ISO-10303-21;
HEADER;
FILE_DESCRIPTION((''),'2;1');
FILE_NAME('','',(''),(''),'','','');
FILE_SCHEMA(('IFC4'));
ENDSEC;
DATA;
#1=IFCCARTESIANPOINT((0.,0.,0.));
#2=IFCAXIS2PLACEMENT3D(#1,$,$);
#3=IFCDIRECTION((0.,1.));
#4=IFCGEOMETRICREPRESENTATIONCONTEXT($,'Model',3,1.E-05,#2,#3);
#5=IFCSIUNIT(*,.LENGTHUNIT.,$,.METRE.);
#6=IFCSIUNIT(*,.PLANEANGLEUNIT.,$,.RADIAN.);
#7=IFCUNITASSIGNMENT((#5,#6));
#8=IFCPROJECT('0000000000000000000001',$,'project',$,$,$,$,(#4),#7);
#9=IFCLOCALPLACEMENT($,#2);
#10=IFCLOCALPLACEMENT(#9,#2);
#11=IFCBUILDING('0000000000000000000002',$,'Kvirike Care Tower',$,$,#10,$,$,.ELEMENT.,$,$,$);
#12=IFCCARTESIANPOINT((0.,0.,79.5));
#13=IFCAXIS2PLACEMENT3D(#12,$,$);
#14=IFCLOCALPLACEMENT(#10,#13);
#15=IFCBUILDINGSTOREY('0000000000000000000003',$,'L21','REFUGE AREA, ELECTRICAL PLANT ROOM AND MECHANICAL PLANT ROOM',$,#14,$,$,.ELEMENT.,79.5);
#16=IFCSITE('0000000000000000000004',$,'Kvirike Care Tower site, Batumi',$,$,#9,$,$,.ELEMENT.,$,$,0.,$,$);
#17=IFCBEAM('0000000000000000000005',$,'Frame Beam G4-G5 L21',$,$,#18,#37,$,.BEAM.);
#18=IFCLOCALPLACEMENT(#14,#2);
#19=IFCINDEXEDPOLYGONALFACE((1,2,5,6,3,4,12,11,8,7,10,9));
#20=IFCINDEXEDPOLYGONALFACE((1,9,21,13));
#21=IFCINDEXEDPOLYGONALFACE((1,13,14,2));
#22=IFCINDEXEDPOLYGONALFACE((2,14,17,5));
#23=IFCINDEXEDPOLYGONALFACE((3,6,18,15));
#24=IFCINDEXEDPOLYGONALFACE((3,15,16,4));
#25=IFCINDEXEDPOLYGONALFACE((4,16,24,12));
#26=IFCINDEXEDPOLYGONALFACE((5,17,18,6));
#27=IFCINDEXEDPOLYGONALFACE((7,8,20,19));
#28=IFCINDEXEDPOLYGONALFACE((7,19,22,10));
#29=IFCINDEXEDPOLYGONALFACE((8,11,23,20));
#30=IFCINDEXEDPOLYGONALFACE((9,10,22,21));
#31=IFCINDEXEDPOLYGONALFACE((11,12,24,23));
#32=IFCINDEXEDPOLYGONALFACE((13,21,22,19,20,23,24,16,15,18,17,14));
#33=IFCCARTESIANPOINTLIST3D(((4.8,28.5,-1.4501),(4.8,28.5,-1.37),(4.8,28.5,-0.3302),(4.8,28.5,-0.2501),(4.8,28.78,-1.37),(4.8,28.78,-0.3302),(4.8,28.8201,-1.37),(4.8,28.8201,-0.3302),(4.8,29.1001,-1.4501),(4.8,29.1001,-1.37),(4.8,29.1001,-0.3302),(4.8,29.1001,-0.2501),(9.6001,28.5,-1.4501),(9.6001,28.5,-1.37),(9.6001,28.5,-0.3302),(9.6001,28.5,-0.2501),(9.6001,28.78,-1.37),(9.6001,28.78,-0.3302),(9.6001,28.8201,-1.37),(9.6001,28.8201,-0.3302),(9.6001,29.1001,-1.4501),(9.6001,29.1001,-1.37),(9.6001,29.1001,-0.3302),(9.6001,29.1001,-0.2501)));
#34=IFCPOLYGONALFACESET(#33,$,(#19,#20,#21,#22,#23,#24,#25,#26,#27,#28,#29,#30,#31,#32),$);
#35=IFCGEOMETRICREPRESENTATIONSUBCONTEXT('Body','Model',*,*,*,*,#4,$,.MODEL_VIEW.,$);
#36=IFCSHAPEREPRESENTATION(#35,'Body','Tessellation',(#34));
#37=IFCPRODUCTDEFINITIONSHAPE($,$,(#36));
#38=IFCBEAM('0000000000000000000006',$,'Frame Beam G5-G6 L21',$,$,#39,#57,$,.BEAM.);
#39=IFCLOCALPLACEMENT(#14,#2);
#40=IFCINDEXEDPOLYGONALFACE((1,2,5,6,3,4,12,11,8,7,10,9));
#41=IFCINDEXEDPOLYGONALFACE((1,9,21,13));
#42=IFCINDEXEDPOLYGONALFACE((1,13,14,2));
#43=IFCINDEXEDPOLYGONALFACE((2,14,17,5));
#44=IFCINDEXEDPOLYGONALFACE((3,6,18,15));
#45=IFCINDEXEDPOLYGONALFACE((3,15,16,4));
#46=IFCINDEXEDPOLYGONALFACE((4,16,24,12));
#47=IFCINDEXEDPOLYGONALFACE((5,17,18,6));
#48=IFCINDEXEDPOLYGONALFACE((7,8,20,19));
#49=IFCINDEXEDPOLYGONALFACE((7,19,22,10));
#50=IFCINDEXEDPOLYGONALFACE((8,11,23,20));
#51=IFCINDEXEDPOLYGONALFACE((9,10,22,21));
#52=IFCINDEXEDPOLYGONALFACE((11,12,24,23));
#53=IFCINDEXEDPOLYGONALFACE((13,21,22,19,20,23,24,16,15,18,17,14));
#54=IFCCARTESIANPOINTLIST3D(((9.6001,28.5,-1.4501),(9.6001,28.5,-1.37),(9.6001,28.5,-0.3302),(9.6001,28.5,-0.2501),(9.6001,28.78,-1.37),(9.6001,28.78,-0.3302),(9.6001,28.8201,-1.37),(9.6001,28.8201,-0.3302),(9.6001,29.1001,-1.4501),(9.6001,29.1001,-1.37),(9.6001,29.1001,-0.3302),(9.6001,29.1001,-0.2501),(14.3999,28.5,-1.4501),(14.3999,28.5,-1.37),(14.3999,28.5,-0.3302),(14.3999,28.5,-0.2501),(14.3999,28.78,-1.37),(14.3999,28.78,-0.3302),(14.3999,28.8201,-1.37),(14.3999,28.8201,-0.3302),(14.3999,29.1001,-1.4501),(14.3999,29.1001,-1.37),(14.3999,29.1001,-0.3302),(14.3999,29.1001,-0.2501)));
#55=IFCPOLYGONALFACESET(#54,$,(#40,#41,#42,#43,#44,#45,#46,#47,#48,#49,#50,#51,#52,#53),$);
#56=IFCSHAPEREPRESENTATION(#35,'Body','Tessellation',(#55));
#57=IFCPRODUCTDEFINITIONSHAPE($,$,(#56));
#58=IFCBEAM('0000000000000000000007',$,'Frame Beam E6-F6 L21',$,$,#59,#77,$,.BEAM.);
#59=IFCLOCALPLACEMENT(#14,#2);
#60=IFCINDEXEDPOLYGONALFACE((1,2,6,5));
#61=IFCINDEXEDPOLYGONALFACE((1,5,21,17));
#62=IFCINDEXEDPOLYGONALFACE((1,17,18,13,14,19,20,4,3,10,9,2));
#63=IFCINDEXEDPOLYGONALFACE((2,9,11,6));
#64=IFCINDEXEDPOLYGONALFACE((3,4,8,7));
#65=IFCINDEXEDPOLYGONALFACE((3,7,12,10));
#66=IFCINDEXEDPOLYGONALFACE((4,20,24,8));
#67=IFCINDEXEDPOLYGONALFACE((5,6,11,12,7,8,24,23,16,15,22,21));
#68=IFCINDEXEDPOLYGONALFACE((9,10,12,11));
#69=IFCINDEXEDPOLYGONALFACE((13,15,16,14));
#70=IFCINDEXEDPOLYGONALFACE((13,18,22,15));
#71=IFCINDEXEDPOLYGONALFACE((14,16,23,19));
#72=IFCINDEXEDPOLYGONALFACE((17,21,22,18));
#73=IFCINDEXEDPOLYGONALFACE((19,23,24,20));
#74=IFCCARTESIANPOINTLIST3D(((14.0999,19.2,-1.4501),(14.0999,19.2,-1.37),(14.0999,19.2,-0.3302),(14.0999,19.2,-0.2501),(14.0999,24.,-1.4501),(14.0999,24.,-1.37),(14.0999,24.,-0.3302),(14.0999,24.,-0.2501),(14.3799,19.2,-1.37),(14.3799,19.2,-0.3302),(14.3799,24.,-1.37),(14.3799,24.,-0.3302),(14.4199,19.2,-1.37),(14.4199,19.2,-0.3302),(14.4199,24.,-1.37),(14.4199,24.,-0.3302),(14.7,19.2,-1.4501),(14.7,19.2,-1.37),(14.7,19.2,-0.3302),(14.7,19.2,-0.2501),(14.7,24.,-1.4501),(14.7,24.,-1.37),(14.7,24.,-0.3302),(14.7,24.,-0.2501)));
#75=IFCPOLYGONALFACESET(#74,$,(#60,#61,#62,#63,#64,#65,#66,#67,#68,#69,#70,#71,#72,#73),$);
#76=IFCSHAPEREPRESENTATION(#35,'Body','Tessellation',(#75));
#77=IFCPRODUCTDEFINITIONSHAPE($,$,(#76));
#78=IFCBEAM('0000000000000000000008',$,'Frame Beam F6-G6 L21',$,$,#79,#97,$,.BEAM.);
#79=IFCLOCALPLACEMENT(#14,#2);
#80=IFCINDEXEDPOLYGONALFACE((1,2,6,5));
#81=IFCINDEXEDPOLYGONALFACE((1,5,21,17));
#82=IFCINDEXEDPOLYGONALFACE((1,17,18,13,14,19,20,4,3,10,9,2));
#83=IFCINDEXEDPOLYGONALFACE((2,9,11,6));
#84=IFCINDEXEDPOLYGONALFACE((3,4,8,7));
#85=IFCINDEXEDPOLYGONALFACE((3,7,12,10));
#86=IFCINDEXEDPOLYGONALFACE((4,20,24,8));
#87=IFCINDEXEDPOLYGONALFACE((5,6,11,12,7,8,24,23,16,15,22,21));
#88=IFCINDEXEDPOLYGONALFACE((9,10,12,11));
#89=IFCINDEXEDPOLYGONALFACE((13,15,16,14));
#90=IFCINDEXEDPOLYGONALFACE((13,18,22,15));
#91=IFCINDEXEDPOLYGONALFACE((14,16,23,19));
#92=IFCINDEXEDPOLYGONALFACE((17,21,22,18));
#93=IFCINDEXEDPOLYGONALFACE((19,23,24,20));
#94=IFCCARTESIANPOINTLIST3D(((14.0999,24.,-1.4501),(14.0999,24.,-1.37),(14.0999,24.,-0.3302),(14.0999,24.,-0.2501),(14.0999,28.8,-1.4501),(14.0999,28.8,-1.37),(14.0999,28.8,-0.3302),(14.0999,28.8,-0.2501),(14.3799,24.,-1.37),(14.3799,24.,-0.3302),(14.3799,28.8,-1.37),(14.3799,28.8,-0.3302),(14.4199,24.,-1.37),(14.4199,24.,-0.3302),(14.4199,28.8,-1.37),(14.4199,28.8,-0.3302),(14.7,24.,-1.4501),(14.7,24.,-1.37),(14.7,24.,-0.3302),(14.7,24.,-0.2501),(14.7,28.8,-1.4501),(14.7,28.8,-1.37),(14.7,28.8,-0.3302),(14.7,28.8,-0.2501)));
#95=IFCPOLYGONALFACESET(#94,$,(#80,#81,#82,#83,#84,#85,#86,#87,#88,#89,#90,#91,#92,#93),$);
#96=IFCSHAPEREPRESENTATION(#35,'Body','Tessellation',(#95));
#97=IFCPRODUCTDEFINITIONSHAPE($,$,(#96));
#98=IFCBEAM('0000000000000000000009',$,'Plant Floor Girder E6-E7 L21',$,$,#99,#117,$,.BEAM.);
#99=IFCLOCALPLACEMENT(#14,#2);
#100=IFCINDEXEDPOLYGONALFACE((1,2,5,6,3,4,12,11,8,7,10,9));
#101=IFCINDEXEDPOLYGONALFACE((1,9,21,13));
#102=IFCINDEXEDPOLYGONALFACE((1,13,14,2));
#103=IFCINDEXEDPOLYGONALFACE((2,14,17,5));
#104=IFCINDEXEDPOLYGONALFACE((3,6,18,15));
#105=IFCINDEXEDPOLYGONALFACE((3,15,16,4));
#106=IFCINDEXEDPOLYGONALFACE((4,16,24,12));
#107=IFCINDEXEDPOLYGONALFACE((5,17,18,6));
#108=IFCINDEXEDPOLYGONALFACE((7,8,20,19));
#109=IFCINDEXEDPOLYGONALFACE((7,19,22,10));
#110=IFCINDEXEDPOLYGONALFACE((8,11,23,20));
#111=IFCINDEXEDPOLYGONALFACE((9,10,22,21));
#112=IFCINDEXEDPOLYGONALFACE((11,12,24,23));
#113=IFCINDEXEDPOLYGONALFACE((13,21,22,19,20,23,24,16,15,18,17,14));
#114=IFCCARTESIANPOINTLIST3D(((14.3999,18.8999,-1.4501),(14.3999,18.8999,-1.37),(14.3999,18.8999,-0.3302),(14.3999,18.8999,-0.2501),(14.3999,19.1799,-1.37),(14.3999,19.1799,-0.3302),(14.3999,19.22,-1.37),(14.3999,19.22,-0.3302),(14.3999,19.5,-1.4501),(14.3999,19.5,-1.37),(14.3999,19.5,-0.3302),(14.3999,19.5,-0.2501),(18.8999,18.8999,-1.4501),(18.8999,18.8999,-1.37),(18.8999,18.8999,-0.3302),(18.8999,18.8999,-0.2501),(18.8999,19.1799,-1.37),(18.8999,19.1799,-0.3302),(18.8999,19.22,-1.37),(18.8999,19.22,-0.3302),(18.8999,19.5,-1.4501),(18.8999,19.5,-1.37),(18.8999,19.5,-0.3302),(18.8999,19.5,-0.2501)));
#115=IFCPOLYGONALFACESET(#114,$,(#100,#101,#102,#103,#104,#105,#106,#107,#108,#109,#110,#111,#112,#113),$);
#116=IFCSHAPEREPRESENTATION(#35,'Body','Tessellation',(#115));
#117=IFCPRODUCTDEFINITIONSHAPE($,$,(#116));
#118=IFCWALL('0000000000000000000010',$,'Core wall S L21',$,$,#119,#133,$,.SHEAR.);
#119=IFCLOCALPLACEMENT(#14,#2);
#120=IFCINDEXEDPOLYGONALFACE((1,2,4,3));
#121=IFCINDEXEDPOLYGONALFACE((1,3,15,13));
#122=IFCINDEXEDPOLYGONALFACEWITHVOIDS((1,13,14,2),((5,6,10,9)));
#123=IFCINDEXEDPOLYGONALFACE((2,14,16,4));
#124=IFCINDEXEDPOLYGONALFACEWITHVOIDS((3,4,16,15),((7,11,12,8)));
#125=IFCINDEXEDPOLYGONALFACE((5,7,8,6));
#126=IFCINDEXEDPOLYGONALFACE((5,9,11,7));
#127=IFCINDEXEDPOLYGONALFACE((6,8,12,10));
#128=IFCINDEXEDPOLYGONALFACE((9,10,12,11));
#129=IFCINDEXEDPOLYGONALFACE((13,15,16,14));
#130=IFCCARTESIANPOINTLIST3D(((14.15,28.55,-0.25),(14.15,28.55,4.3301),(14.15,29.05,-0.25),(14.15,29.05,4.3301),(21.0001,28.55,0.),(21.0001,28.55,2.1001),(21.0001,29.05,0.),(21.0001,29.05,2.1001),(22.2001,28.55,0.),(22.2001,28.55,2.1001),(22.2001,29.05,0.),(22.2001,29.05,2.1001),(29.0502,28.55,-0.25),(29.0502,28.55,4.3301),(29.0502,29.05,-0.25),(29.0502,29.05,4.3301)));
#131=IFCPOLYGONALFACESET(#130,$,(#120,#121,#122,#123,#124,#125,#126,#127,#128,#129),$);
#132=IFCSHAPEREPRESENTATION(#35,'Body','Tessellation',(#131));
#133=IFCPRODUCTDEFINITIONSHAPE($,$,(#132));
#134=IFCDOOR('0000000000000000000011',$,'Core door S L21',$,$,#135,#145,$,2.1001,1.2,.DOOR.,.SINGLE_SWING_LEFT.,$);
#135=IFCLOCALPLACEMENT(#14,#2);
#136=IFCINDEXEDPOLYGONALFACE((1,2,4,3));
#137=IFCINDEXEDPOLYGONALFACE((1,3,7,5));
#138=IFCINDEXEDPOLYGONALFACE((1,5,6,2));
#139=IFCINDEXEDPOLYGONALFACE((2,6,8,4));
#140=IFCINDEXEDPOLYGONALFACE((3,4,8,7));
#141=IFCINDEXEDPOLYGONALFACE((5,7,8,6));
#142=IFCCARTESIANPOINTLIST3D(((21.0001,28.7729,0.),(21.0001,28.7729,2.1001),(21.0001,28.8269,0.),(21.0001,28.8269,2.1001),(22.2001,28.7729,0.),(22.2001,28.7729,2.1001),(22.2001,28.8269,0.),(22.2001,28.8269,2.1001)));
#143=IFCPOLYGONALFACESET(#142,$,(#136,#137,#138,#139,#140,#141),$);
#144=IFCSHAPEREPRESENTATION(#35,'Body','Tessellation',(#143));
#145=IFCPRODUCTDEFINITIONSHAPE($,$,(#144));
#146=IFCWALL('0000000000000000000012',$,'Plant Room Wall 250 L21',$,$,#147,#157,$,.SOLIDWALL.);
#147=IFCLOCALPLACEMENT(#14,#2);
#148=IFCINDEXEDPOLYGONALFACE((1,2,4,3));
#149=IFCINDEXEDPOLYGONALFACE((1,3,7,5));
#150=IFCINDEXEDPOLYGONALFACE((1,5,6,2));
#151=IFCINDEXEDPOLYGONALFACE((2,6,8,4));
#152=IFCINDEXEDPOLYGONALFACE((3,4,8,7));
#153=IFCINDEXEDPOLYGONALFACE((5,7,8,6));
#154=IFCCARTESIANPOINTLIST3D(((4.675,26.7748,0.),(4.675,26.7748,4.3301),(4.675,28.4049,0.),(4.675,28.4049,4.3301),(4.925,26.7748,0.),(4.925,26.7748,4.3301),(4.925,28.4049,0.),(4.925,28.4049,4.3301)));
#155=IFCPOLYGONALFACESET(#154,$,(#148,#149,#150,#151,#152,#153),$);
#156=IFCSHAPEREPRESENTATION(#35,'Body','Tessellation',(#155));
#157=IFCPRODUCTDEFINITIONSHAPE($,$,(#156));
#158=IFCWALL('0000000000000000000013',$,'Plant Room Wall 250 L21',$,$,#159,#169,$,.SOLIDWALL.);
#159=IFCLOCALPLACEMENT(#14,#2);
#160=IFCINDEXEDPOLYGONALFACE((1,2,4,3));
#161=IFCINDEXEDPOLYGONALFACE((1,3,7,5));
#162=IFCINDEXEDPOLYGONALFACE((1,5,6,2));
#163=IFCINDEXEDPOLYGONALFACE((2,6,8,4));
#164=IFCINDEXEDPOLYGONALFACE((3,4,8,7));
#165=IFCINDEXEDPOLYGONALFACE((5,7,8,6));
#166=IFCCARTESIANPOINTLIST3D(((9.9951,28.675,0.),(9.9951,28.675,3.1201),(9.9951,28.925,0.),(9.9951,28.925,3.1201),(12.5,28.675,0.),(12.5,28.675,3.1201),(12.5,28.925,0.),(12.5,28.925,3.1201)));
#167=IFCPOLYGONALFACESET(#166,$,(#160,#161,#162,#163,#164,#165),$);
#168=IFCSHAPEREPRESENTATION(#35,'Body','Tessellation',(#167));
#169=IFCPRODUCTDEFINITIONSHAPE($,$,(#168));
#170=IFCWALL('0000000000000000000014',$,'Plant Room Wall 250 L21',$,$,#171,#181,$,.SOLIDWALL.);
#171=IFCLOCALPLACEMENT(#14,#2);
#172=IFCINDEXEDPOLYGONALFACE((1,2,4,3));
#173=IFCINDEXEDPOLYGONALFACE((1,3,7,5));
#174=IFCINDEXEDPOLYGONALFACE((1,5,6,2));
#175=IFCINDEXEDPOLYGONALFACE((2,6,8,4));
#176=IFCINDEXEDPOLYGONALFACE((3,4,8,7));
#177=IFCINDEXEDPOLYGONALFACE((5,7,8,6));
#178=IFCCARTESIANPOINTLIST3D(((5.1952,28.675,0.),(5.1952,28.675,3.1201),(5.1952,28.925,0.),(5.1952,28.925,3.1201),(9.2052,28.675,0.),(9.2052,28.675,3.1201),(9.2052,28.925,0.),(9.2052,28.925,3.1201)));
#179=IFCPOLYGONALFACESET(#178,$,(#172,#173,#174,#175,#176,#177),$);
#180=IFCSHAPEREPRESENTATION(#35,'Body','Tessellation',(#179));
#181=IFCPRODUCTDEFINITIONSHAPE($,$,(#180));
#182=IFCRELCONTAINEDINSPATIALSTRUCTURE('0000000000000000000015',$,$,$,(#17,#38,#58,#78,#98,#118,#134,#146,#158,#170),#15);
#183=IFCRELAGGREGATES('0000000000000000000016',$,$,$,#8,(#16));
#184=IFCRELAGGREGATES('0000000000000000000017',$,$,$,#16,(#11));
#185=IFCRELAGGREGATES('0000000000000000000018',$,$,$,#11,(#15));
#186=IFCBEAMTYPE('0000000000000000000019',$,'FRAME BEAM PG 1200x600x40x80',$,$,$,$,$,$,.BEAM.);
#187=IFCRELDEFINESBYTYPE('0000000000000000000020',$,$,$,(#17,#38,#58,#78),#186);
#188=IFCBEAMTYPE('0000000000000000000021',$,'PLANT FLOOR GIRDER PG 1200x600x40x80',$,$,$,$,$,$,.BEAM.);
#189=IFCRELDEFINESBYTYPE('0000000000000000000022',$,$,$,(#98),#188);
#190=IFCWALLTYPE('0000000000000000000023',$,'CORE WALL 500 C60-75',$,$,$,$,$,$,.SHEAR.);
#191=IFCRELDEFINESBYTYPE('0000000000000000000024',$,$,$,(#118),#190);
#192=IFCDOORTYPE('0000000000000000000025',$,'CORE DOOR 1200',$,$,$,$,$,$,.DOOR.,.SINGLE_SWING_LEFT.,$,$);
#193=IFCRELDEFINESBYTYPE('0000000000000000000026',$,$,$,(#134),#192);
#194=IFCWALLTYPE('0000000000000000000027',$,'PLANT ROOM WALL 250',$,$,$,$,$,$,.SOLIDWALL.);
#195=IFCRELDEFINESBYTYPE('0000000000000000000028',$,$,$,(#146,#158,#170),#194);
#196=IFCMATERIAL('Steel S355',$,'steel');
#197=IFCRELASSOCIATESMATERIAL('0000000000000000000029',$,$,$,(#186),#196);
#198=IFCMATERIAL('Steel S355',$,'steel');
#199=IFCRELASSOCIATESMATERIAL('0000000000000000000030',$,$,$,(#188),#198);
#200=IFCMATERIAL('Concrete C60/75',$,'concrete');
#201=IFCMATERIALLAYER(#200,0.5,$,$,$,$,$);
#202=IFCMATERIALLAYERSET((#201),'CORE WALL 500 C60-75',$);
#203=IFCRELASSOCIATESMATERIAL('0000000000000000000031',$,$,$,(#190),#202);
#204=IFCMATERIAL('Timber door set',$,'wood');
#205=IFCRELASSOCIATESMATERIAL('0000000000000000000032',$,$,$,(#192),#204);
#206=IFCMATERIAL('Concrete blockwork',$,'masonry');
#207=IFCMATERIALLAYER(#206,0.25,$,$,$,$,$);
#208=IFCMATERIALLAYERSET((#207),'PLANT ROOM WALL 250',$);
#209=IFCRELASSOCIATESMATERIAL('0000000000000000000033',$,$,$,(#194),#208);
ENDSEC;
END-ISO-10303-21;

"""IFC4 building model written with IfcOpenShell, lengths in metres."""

from ifc_helpers import new_model, si_unit, direction, frame, frame_2d, origin, origin_2d, place, context, subcontext, project, spatial, rectangle, i_section, extrude, material, layer, layer_set, material_profile, profile_set, type_object, element, fill, save


model = new_model("IFC4")

# Units and contexts
model_context = context("Model", 3, precision=1e-05, world=origin(), true_north=direction((0.0, 1.0)))
body_context = subcontext(model_context, "Body", "Model", "MODEL_VIEW")
ifc_project = project(units=[si_unit("LENGTHUNIT", "METRE"), si_unit("PLANEANGLEUNIT", "RADIAN")], contexts=[model_context])

# Site, building, storey
site_placement = place(None, origin())
site = spatial("IfcSite", under=ifc_project, at=site_placement, Name="Kvirike Care Tower site, Batumi", CompositionType="ELEMENT", RefElevation=0.0)
building_placement = place(site_placement, origin())
building = spatial("IfcBuilding", under=site, at=building_placement, Name="Kvirike Care Tower", CompositionType="ELEMENT")
storey_placement = place(building_placement, frame((0.0, 0.0, 79.5)))
storey = spatial("IfcBuildingStorey", under=building, at=storey_placement, Name="L21", Description="REFUGE AREA, ELECTRICAL PLANT ROOM AND MECHANICAL PLANT ROOM", CompositionType="ELEMENT", Elevation=79.5)

# Beams
ifc_material_1 = material(Name="Steel S355", Category="steel")
ifc_material_profile_1 = material_profile(ifc_material_1, i_section(OverallWidth=0.6001, OverallDepth=1.2, WebThickness=0.04, FlangeThickness=0.0801, at=origin_2d()), Name="PG 1200x600x40x80")
ifc_profile_set_1 = profile_set([ifc_material_profile_1], Name="Steel S355")
beam_type_1 = type_object("IfcBeamType", Name="FRAME BEAM PG 1200x600x40x80", PredefinedType="BEAM", material=ifc_profile_set_1)
beam_1_placement = place(storey_placement, frame((4.8, 28.8, -0.8501), z_axis=(1.0, 0.0, 0.0), x_axis=(0.0, 1.0, 0.0)))
element("IfcBeam", 1, at=beam_1_placement, inside=storey, type_object=beam_type_1, Name="Frame Beam G4-G5 L21", PredefinedType="BEAM", context=body_context, shape_type="SweptSolid", body=[
    extrude(i_section(OverallWidth=0.6001, OverallDepth=1.2, WebThickness=0.04, FlangeThickness=0.0801, at=origin_2d()), origin(), (0.0, 0.0, 1.0), 4.8),
])
beam_2_placement = place(storey_placement, frame((9.6001, 28.8, -0.8501), z_axis=(1.0, 0.0, 0.0), x_axis=(0.0, 1.0, 0.0)))
element("IfcBeam", 2, at=beam_2_placement, inside=storey, type_object=beam_type_1, Name="Frame Beam G5-G6 L21", PredefinedType="BEAM", context=body_context, shape_type="SweptSolid", body=[
    extrude(i_section(OverallWidth=0.6001, OverallDepth=1.2, WebThickness=0.04, FlangeThickness=0.0801, at=origin_2d()), origin(), (0.0, 0.0, 1.0), 4.7998),
])
for number, where, z_axis, x_axis, name in (
    (3, (14.3999, 19.2, -0.8501), (0.0, 1.0, 0.0), (-1.0, 0.0, 0.0), "Frame Beam E6-F6 L21"),
    (4, (14.3999, 24.0, -0.8501), (0.0, 1.0, 0.0), (-1.0, 0.0, 0.0), "Frame Beam F6-G6 L21"),
):
    element("IfcBeam", number, at=place(storey_placement, frame(where, z_axis=z_axis, x_axis=x_axis)), inside=storey, type_object=beam_type_1, Name=name, PredefinedType="BEAM", context=body_context, shape_type="SweptSolid", body=[
        extrude(i_section(OverallWidth=0.6001, OverallDepth=1.2, WebThickness=0.04, FlangeThickness=0.0801, at=origin_2d()), origin(), (0.0, 0.0, 1.0), 4.8),
    ])
ifc_material_2 = material(Name="Steel S355", Category="steel")
ifc_material_profile_2 = material_profile(ifc_material_2, i_section(OverallWidth=0.6001, OverallDepth=1.2, WebThickness=0.04, FlangeThickness=0.0801, at=origin_2d()), Name="PG 1200x600x40x80")
ifc_profile_set_2 = profile_set([ifc_material_profile_2], Name="Steel S355")
beam_type_2 = type_object("IfcBeamType", Name="PLANT FLOOR GIRDER PG 1200x600x40x80", PredefinedType="BEAM", material=ifc_profile_set_2)
beam_3_placement = place(storey_placement, frame((14.3999, 19.2, -0.8501), z_axis=(1.0, 0.0, 0.0), x_axis=(0.0, 1.0, 0.0)))
element("IfcBeam", 5, at=beam_3_placement, inside=storey, type_object=beam_type_2, Name="Plant Floor Girder E6-E7 L21", PredefinedType="BEAM", context=body_context, shape_type="SweptSolid", body=[
    extrude(i_section(OverallWidth=0.6001, OverallDepth=1.2, WebThickness=0.04, FlangeThickness=0.0801, at=origin_2d()), origin(), (0.0, 0.0, 1.0), 4.5),
])

# Wall, opening, door
ifc_material_3 = material(Name="Concrete C60/75", Category="concrete")
ifc_layer_1 = layer(ifc_material_3, 0.5)
ifc_layer_set_1 = layer_set([ifc_layer_1], Name="CORE WALL 500 C60-75")
wall_type_1 = type_object("IfcWallType", Name="CORE WALL 500 C60-75", PredefinedType="SHEAR", material=ifc_layer_set_1)
wall_1_placement = place(storey_placement, frame((14.1499, 28.8, -0.25), z_axis=(0.0, 0.0, 1.0), x_axis=(1.0, 0.0, 0.0)))
wall_1 = element("IfcWall", 6, at=wall_1_placement, inside=storey, type_object=wall_type_1, Name="Core wall S L21", PredefinedType="SHEAR", context=body_context, shape_type="SweptSolid", body=[
    extrude(rectangle(XDim=14.9001, YDim=0.5, at=frame_2d((7.4502, 0.0))), origin(), (0.0, 0.0, 1.0), 4.5801),
])
opening_1_placement = place(wall_1_placement, frame((6.8501, 0.0, 0.25)))
opening_1 = element("IfcOpeningElement", 7, at=opening_1_placement, cuts=wall_1, PredefinedType="OPENING", context=body_context, shape_type="SweptSolid", body=[
    extrude(rectangle(XDim=1.2, YDim=2.1001, at=frame_2d((0.6001, 1.05))), frame((0.0, 0.2605, 0.0), z_axis=(0.0, -1.0, 0.0), x_axis=(1.0, 0.0, 0.0)), (0.0, 0.0, 1.0), 0.521),
])
ifc_material_4 = material(Name="Timber door set", Category="wood")
door_type_1 = type_object("IfcDoorType", Name="CORE DOOR 1200", OperationType="SINGLE_SWING_LEFT", PredefinedType="DOOR", material=ifc_material_4)
door_1_placement = place(opening_1_placement, origin())
door_1 = element("IfcDoor", 8, at=door_1_placement, inside=storey, type_object=door_type_1, Name="Core door S L21", OperationType="SINGLE_SWING_LEFT", OverallHeight=2.1001, OverallWidth=1.2, PredefinedType="DOOR", context=body_context, shape_type="SweptSolid", body=[
    extrude(rectangle(XDim=1.2, YDim=2.1001, at=frame_2d((0.6001, 1.05))), frame((0.0, 0.0269, 0.0), z_axis=(0.0, -1.0, 0.0), x_axis=(1.0, 0.0, 0.0)), (0.0, 0.0, 1.0), 0.054),
])
fill(opening_1, door_1)
ifc_material_5 = material(Name="Concrete blockwork", Category="masonry")
ifc_layer_2 = layer(ifc_material_5, 0.25)
ifc_layer_set_2 = layer_set([ifc_layer_2], Name="PLANT ROOM WALL 250")
wall_type_2 = type_object("IfcWallType", Name="PLANT ROOM WALL 250", PredefinedType="SOLIDWALL", material=ifc_layer_set_2)

# Walls
wall_2_placement = place(storey_placement, frame((4.8, 26.7749, 0.0), z_axis=(0.0, 0.0, 1.0), x_axis=(0.0, 1.0, 0.0)))
element("IfcWall", 9, at=wall_2_placement, inside=storey, type_object=wall_type_2, Name="Plant Room Wall 250 L21", PredefinedType="SOLIDWALL", context=body_context, shape_type="SweptSolid", body=[
    extrude(rectangle(XDim=1.6301, YDim=0.25, at=frame_2d((0.8149, 0.0))), origin(), (0.0, 0.0, 1.0), 4.3301),
])
wall_3_placement = place(storey_placement, frame((12.5, 28.8, 0.0), z_axis=(0.0, 0.0, 1.0), x_axis=(-1.0, 0.0, 0.0)))
element("IfcWall", 10, at=wall_3_placement, inside=storey, type_object=wall_type_2, Name="Plant Room Wall 250 L21", PredefinedType="SOLIDWALL", context=body_context, shape_type="SweptSolid", body=[
    extrude(rectangle(XDim=2.5049, YDim=0.25, at=frame_2d((1.2524, 0.0))), origin(), (0.0, 0.0, 1.0), 3.1201),
])
wall_4_placement = place(storey_placement, frame((9.2051, 28.8, 0.0), z_axis=(0.0, 0.0, 1.0), x_axis=(-1.0, 0.0, 0.0)))
element("IfcWall", 11, at=wall_4_placement, inside=storey, type_object=wall_type_2, Name="Plant Room Wall 250 L21", PredefinedType="SOLIDWALL", context=body_context, shape_type="SweptSolid", body=[
    extrude(rectangle(XDim=4.01, YDim=0.25, at=frame_2d((2.0049, 0.0))), origin(), (0.0, 0.0, 1.0), 3.1201),
])

save(model, "model.ifc")
